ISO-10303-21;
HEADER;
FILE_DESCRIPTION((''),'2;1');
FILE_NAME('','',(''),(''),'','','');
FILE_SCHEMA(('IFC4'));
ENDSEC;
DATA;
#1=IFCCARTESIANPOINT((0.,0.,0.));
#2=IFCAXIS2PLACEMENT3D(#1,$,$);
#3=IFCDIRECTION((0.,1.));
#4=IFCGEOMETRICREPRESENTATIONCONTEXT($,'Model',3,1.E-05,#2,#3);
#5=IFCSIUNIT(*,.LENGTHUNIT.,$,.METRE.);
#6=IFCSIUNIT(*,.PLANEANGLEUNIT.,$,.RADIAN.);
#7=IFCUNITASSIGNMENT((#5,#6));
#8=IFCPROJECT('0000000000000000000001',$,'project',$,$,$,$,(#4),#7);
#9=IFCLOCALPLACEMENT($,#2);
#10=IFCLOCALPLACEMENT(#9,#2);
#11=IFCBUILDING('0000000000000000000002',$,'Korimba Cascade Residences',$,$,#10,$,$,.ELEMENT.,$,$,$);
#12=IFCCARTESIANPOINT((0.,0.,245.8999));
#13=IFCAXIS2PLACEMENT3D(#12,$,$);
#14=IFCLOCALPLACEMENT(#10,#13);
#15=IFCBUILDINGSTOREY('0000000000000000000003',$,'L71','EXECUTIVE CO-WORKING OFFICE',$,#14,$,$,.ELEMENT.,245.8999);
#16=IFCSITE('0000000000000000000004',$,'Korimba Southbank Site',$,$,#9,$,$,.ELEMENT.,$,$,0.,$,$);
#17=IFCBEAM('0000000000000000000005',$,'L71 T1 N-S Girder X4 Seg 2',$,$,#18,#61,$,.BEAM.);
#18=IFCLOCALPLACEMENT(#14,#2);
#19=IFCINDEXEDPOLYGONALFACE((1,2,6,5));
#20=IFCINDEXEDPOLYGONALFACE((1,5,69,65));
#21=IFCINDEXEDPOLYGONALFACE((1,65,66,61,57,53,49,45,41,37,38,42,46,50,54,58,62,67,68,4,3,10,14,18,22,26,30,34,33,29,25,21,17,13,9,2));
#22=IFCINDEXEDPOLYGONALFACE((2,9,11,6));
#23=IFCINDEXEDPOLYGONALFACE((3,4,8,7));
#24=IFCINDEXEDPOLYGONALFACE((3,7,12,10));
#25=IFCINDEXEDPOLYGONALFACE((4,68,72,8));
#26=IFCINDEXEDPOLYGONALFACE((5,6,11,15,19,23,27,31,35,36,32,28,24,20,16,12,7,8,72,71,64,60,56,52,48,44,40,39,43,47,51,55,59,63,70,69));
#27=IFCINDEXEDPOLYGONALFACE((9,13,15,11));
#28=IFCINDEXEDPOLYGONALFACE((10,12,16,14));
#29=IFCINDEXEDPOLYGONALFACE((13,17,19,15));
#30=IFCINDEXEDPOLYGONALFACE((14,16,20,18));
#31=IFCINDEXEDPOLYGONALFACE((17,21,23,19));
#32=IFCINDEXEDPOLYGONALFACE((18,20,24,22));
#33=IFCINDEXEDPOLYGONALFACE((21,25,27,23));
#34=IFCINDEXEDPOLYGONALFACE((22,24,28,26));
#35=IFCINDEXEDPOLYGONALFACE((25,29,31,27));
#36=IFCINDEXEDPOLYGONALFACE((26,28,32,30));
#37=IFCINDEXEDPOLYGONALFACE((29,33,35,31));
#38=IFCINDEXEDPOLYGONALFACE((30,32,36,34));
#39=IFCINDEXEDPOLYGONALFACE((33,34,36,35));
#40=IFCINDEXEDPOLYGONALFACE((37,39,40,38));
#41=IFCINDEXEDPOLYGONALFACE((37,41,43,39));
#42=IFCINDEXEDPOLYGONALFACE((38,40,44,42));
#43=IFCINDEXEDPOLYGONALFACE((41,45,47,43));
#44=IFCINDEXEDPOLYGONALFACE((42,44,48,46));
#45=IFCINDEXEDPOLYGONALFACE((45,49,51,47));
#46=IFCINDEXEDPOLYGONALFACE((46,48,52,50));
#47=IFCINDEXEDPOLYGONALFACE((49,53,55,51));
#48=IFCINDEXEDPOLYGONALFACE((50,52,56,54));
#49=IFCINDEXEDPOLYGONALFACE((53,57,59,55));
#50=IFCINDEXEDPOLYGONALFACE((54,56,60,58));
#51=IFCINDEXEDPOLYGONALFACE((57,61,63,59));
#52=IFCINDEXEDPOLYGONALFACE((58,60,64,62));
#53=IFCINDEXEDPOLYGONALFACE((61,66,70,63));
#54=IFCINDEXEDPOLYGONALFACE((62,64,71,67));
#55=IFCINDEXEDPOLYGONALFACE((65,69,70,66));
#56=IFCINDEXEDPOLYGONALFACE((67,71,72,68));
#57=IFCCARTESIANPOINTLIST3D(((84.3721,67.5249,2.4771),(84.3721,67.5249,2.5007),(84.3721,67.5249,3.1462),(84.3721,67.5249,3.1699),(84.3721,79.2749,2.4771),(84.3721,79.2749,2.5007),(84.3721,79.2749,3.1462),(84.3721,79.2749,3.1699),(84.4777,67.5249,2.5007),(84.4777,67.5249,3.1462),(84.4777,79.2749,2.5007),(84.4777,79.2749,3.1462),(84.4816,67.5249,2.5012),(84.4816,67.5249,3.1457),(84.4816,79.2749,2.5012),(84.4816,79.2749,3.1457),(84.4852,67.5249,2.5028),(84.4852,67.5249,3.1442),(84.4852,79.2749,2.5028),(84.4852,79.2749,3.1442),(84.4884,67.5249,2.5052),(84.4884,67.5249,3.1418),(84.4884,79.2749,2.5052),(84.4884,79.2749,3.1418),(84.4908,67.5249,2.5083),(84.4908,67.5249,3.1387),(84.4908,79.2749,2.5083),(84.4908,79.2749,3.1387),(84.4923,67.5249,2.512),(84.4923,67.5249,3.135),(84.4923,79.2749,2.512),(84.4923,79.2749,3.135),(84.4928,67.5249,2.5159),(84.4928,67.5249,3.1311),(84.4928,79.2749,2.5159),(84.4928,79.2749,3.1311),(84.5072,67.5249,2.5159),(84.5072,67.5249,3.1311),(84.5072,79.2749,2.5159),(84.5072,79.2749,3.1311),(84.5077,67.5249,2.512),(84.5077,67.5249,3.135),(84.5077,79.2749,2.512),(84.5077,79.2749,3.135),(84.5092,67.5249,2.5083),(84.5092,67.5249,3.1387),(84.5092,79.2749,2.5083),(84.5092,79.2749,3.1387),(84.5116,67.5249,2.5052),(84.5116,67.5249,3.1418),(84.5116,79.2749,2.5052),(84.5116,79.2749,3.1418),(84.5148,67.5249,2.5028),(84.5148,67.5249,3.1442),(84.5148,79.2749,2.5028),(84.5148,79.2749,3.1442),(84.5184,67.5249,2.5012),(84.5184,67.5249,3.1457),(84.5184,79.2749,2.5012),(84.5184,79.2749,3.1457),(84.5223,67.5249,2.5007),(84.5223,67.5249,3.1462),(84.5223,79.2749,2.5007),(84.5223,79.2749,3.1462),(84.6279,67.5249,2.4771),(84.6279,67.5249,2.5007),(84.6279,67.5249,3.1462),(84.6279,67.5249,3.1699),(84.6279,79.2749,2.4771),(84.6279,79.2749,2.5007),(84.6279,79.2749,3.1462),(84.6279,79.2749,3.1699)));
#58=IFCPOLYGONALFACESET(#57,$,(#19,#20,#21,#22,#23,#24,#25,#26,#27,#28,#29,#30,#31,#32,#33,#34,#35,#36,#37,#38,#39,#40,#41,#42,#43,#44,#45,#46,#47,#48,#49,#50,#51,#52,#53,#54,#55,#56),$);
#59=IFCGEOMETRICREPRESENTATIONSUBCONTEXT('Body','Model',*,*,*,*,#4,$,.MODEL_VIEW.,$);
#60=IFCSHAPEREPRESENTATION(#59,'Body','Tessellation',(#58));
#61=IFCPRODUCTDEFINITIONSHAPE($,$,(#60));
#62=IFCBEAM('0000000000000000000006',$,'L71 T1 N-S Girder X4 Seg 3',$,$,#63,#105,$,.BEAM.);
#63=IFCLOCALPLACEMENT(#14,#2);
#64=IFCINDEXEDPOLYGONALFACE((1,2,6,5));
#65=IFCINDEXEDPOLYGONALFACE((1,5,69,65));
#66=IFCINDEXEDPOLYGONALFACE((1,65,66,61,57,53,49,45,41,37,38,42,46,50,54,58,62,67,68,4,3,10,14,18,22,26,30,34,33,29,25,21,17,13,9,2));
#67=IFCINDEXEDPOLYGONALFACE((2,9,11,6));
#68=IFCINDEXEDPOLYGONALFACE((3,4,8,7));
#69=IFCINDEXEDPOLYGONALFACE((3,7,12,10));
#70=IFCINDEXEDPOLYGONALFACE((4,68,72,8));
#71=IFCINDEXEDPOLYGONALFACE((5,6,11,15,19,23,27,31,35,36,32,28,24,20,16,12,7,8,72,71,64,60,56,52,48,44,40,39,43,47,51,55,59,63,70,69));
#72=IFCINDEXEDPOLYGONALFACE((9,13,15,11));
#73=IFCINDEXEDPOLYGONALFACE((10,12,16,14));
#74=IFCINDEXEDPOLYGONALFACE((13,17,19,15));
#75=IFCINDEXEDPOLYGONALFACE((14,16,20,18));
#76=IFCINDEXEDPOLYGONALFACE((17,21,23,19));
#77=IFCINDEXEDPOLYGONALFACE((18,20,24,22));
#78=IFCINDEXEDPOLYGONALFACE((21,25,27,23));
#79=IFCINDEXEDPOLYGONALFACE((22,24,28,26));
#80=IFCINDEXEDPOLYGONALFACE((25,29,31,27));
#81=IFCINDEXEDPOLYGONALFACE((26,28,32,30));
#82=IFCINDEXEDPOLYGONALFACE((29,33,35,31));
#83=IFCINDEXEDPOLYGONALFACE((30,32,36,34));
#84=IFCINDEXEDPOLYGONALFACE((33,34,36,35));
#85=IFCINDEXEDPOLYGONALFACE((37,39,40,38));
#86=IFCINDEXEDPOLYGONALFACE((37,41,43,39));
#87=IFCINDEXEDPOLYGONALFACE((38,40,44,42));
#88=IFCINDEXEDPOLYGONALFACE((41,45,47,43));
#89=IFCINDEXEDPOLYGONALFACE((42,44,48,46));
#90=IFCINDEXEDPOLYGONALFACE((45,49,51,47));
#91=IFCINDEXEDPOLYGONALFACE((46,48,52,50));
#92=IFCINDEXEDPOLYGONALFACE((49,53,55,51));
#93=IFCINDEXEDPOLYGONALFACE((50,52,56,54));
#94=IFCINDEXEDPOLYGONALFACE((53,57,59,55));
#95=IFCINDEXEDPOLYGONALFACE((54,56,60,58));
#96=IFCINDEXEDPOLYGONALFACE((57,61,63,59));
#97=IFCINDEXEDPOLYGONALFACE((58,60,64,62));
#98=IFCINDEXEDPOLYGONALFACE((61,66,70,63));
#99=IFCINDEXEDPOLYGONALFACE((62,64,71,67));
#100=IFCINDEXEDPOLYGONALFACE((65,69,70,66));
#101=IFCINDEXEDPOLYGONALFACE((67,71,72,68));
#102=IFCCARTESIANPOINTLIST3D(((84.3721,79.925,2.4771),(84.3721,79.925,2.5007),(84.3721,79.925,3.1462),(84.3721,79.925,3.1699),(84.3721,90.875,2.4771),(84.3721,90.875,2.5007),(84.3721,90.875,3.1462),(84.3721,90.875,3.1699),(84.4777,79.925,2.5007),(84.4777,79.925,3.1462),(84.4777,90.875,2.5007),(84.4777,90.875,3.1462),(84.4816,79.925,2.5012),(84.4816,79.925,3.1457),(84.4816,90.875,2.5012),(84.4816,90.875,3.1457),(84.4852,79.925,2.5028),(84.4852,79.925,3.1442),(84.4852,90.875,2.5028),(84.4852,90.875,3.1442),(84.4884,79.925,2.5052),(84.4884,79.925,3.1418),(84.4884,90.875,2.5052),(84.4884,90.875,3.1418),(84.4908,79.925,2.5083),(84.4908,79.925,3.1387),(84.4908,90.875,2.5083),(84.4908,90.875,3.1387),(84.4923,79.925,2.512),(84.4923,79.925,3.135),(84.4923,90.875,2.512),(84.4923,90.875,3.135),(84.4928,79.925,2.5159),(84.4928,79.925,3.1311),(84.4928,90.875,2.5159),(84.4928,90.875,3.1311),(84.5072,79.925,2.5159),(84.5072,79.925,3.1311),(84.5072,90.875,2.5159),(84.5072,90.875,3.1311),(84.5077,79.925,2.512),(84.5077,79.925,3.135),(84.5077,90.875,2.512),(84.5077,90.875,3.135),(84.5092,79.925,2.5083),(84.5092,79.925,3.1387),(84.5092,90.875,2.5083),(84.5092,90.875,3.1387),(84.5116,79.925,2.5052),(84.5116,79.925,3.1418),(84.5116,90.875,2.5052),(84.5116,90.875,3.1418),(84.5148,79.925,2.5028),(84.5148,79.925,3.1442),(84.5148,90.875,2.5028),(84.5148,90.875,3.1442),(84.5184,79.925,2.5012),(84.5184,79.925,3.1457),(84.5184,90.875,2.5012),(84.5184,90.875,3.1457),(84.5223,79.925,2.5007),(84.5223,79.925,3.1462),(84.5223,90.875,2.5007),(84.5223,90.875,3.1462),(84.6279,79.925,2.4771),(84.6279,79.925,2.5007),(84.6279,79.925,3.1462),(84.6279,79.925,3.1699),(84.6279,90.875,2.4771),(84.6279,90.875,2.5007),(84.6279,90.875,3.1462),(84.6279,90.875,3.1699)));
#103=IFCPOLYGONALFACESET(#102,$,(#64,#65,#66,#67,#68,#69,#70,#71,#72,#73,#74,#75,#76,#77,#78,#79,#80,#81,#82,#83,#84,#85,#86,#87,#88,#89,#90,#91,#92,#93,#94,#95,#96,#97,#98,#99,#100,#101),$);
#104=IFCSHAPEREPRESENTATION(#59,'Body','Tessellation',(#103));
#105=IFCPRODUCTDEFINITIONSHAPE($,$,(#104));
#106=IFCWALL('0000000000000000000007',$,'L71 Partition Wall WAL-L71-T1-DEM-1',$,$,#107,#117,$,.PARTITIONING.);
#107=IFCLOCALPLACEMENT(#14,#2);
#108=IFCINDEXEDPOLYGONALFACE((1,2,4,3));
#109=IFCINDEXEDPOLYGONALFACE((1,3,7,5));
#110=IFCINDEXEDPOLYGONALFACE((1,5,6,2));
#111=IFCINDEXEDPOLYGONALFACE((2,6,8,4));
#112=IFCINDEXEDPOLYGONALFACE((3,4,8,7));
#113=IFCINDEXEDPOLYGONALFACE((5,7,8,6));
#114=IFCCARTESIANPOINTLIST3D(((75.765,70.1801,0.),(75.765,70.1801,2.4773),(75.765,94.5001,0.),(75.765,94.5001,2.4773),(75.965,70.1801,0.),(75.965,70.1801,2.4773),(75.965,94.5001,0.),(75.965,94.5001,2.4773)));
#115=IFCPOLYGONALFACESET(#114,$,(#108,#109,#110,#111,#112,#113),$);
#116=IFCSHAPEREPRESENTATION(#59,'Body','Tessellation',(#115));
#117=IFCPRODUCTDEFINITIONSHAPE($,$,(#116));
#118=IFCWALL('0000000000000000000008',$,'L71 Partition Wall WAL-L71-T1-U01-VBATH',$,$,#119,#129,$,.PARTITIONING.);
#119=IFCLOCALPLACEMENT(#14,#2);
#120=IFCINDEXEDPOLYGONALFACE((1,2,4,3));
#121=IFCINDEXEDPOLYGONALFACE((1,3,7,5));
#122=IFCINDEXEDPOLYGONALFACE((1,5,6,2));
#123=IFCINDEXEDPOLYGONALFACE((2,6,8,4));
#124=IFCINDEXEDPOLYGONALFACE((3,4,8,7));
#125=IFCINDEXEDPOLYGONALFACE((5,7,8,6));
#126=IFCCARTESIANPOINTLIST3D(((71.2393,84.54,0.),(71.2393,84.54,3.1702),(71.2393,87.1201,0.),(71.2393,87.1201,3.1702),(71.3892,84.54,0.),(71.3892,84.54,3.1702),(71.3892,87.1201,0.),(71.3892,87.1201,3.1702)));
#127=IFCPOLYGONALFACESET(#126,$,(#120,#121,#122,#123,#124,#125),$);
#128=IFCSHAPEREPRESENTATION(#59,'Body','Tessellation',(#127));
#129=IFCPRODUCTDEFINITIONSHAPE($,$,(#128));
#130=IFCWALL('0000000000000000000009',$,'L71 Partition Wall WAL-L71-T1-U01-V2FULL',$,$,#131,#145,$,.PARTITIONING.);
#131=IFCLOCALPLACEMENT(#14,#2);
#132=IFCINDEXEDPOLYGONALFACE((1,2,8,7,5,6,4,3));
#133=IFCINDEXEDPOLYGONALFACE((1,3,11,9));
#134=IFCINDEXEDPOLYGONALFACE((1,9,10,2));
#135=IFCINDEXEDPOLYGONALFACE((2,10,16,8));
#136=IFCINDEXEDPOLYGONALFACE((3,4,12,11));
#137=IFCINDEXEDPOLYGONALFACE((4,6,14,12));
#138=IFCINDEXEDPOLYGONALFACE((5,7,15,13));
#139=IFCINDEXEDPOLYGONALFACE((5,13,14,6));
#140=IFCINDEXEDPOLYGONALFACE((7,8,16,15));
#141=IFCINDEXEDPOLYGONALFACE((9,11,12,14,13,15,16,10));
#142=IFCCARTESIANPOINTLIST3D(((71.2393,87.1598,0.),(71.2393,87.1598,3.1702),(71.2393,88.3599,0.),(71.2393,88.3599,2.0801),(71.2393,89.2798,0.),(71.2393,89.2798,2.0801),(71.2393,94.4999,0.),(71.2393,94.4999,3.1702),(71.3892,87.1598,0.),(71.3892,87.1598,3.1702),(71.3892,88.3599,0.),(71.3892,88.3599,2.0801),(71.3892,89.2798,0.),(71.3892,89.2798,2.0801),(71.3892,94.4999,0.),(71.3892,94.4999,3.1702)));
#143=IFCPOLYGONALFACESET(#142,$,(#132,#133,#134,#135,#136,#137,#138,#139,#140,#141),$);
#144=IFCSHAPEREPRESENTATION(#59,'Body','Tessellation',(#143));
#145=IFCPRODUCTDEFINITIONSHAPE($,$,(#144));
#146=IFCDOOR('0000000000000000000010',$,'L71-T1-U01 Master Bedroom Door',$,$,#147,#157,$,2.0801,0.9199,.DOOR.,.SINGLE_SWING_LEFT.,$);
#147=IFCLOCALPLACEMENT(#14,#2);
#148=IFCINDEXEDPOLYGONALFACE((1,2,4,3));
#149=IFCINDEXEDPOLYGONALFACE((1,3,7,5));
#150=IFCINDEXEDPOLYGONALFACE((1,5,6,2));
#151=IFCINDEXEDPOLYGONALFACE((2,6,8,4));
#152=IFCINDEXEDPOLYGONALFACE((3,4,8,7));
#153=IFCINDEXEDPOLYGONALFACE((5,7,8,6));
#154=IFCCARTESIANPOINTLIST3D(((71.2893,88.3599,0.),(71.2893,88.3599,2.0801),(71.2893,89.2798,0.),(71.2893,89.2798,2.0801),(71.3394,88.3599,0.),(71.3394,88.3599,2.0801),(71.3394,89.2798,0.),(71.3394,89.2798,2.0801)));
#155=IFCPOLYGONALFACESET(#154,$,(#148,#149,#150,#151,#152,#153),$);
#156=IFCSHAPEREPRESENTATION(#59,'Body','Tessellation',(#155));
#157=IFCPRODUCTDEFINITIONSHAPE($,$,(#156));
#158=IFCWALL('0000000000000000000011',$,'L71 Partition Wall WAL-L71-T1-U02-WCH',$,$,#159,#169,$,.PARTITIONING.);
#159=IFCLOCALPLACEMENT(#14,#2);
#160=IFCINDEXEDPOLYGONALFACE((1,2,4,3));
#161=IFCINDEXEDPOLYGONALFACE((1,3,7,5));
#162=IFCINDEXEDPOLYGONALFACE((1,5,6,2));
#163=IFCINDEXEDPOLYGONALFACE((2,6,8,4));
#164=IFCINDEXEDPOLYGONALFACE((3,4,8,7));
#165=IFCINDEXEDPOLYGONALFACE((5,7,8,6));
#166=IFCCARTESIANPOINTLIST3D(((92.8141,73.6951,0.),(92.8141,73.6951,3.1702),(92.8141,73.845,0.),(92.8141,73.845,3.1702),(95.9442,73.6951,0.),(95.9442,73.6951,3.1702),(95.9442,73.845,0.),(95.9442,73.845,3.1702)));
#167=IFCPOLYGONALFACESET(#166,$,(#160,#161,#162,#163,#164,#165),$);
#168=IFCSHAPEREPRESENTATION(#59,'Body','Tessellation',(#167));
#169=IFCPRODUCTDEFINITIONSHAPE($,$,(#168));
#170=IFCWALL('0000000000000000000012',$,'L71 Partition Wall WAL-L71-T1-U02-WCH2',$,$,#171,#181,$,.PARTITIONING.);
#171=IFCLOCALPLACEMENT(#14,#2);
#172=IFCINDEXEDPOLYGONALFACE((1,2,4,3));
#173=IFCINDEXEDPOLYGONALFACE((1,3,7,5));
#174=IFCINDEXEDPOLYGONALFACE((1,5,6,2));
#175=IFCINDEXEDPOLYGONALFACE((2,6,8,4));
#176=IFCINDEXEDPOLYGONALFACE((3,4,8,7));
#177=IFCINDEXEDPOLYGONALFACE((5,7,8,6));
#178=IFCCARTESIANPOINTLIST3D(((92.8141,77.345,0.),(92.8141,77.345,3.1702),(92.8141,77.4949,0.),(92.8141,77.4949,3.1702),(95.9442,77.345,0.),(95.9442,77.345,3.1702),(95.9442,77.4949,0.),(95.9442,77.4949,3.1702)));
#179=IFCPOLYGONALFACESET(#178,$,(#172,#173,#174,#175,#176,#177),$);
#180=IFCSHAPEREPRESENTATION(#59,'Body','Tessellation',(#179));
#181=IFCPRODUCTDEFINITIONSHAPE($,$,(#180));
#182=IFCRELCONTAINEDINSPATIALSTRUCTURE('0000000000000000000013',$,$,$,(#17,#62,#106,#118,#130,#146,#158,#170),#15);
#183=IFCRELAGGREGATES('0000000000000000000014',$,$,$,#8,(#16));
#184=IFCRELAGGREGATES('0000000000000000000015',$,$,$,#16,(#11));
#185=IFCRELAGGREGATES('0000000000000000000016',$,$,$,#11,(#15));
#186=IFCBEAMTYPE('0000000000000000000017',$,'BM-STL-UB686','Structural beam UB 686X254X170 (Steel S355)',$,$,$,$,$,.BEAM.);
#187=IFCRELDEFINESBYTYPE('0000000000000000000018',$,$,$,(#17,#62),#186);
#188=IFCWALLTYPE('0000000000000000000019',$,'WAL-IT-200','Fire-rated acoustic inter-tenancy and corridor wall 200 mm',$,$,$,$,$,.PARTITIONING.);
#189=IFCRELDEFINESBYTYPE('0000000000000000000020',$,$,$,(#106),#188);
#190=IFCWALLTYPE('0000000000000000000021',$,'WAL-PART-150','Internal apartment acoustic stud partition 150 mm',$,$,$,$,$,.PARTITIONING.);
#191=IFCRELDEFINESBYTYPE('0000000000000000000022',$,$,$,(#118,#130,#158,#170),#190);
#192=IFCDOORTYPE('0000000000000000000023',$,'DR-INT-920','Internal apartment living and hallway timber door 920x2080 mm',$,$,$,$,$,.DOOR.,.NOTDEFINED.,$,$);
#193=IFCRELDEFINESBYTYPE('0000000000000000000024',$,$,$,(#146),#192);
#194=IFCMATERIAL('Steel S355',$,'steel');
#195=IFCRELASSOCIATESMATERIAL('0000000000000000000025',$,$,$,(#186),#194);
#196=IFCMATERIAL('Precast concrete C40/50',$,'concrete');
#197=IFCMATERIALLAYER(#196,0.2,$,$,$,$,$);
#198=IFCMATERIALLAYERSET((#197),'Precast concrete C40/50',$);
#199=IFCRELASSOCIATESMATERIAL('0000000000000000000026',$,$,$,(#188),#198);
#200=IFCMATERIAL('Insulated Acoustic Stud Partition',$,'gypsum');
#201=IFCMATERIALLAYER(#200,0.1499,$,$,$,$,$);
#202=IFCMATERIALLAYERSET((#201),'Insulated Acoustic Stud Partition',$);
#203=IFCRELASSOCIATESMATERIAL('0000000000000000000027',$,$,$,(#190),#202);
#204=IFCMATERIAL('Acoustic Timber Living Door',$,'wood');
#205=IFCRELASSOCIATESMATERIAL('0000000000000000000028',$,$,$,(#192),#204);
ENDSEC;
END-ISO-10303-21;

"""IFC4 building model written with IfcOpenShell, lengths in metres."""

from ifc_helpers import new_model, si_unit, direction, frame, frame_2d, origin, origin_2d, place, context, subcontext, project, spatial, rectangle, i_section, extrude, material, layer, layer_set, material_profile, profile_set, type_object, element, fill, save


model = new_model("IFC4")

# Units and contexts
model_context = context("Model", 3, precision=1e-05, world=origin(), true_north=direction((0.0, 1.0)))
body_context = subcontext(model_context, "Body", "Model", "MODEL_VIEW")
ifc_project = project(units=[si_unit("LENGTHUNIT", "METRE"), si_unit("PLANEANGLEUNIT", "RADIAN")], contexts=[model_context])

# Site, building, storey
site_placement = place(None, origin())
site = spatial("IfcSite", under=ifc_project, at=site_placement, Name="Korimba Southbank Site", CompositionType="ELEMENT", RefElevation=0.0)
building_placement = place(site_placement, origin())
building = spatial("IfcBuilding", under=site, at=building_placement, Name="Korimba Cascade Residences", CompositionType="ELEMENT")
storey_placement = place(building_placement, frame((0.0, 0.0, 245.8999)))
storey = spatial("IfcBuildingStorey", under=building, at=storey_placement, Name="L71", Description="EXECUTIVE CO-WORKING OFFICE", CompositionType="ELEMENT", Elevation=245.8999)

# Beams
ifc_material_1 = material(Name="Steel S355", Category="steel")
ifc_material_profile_1 = material_profile(ifc_material_1, i_section(OverallWidth=0.2559, OverallDepth=0.6929, WebThickness=0.0144, FlangeThickness=0.0237, FilletRadius=0.0151, at=origin_2d()), Name="Steel S355")
ifc_profile_set_1 = profile_set([ifc_material_profile_1], Name="Steel S355")
beam_type_1 = type_object("IfcBeamType", Name="BM-STL-UB686", Description="Structural beam UB 686X254X170 (Steel S355)", PredefinedType="BEAM", material=ifc_profile_set_1)
beam_1_placement = place(storey_placement, frame((84.5, 67.5249, 2.8235), z_axis=(0.0, 1.0, 0.0), x_axis=(-1.0, 0.0, 0.0)))
element("IfcBeam", 1, at=beam_1_placement, inside=storey, type_object=beam_type_1, Name="L71 T1 N-S Girder X4 Seg 2", PredefinedType="BEAM", context=body_context, shape_type="SweptSolid", body=[
    extrude(i_section(OverallWidth=0.2559, OverallDepth=0.6929, WebThickness=0.0144, FlangeThickness=0.0237, FilletRadius=0.0151, at=origin_2d()), origin(), (0.0, 0.0, 1.0), 11.75),
])
beam_2_placement = place(storey_placement, frame((84.5, 79.925, 2.8235), z_axis=(0.0, 1.0, 0.0), x_axis=(-1.0, 0.0, 0.0)))
element("IfcBeam", 2, at=beam_2_placement, inside=storey, type_object=beam_type_1, Name="L71 T1 N-S Girder X4 Seg 3", PredefinedType="BEAM", context=body_context, shape_type="SweptSolid", body=[
    extrude(i_section(OverallWidth=0.2559, OverallDepth=0.6929, WebThickness=0.0144, FlangeThickness=0.0237, FilletRadius=0.0151, at=origin_2d()), origin(), (0.0, 0.0, 1.0), 10.95),
])

# Walls
ifc_material_2 = material(Name="Precast concrete C40/50", Category="concrete")
ifc_layer_1 = layer(ifc_material_2, 0.2)
ifc_layer_set_1 = layer_set([ifc_layer_1], Name="Precast concrete C40/50")
wall_type_1 = type_object("IfcWallType", Name="WAL-IT-200", Description="Fire-rated acoustic inter-tenancy and corridor wall 200 mm", PredefinedType="PARTITIONING", material=ifc_layer_set_1)
wall_1_placement = place(storey_placement, frame((75.865, 70.1799, 0.0), z_axis=(0.0, 0.0, 1.0), x_axis=(0.0, 1.0, 0.0)))
element("IfcWall", 3, at=wall_1_placement, inside=storey, type_object=wall_type_1, Name="L71 Partition Wall WAL-L71-T1-DEM-1", PredefinedType="PARTITIONING", context=body_context, shape_type="SweptSolid", body=[
    extrude(rectangle(XDim=24.3201, YDim=0.2, at=frame_2d((12.1602, 0.0))), origin(), (0.0, 0.0, 1.0), 2.4773),
])
ifc_material_3 = material(Name="Insulated Acoustic Stud Partition", Category="gypsum")
ifc_layer_2 = layer(ifc_material_3, 0.1499)
ifc_layer_set_2 = layer_set([ifc_layer_2], Name="Insulated Acoustic Stud Partition")
wall_type_2 = type_object("IfcWallType", Name="WAL-PART-150", Description="Internal apartment acoustic stud partition 150 mm", PredefinedType="PARTITIONING", material=ifc_layer_set_2)
wall_2_placement = place(storey_placement, frame((71.3142, 84.54, 0.0), z_axis=(0.0, 0.0, 1.0), x_axis=(0.0, 1.0, 0.0)))
element("IfcWall", 4, at=wall_2_placement, inside=storey, type_object=wall_type_2, Name="L71 Partition Wall WAL-L71-T1-U01-VBATH", PredefinedType="PARTITIONING", context=body_context, shape_type="SweptSolid", body=[
    extrude(rectangle(XDim=2.5801, YDim=0.1499, at=frame_2d((1.29, 0.0))), origin(), (0.0, 0.0, 1.0), 3.1702),
])

# Wall, opening, door
wall_3_placement = place(storey_placement, frame((71.3142, 87.1599, 0.0), z_axis=(0.0, 0.0, 1.0), x_axis=(0.0, 1.0, 0.0)))
wall_3 = element("IfcWall", 5, at=wall_3_placement, inside=storey, type_object=wall_type_2, Name="L71 Partition Wall WAL-L71-T1-U01-V2FULL", PredefinedType="PARTITIONING", context=body_context, shape_type="SweptSolid", body=[
    extrude(rectangle(XDim=7.3401, YDim=0.1499, at=frame_2d((3.6699, 0.0))), origin(), (0.0, 0.0, 1.0), 3.1702),
])
opening_1_placement = place(wall_3_placement, frame((1.2, 0.0, 0.0)))
opening_1 = element("IfcOpeningElement", 6, at=opening_1_placement, cuts=wall_3, PredefinedType="OPENING", context=body_context, shape_type="SweptSolid", body=[
    extrude(rectangle(XDim=0.9199, YDim=2.0801, at=frame_2d((0.46, 1.04))), frame((0.0, 0.085, 0.0), z_axis=(0.0, -1.0, 0.0), x_axis=(1.0, 0.0, 0.0)), (0.0, 0.0, 1.0), 0.1699),
])
ifc_material_4 = material(Name="Acoustic Timber Living Door", Category="wood")
door_type_1 = type_object("IfcDoorType", Name="DR-INT-920", Description="Internal apartment living and hallway timber door 920x2080 mm", OperationType="NOTDEFINED", PredefinedType="DOOR", material=ifc_material_4)
door_1_placement = place(opening_1_placement, origin())
door_1 = element("IfcDoor", 7, at=door_1_placement, inside=storey, type_object=door_type_1, Name="L71-T1-U01 Master Bedroom Door", OperationType="SINGLE_SWING_LEFT", OverallHeight=2.0801, OverallWidth=0.9199, PredefinedType="DOOR", context=body_context, shape_type="SweptSolid", body=[
    extrude(rectangle(XDim=0.9199, YDim=2.0801, at=frame_2d((0.46, 1.04))), frame((0.0, 0.0249, 0.0), z_axis=(0.0, -1.0, 0.0), x_axis=(1.0, 0.0, 0.0)), (0.0, 0.0, 1.0), 0.05),
])
fill(opening_1, door_1)

# Walls
for number, where, z_axis, x_axis, name in (
    (8, (92.8142, 73.77, 0.0), (0.0, 0.0, 1.0), (1.0, 0.0, 0.0), "L71 Partition Wall WAL-L71-T1-U02-WCH"),
    (9, (92.8142, 77.4199, 0.0), (0.0, 0.0, 1.0), (1.0, 0.0, 0.0), "L71 Partition Wall WAL-L71-T1-U02-WCH2"),
):
    element("IfcWall", number, at=place(storey_placement, frame(where, z_axis=z_axis, x_axis=x_axis)), inside=storey, type_object=wall_type_2, Name=name, PredefinedType="PARTITIONING", context=body_context, shape_type="SweptSolid", body=[
        extrude(rectangle(XDim=3.1301, YDim=0.1499, at=frame_2d((1.5649, 0.0))), origin(), (0.0, 0.0, 1.0), 3.1702),
    ])

save(model, "model.ifc")
